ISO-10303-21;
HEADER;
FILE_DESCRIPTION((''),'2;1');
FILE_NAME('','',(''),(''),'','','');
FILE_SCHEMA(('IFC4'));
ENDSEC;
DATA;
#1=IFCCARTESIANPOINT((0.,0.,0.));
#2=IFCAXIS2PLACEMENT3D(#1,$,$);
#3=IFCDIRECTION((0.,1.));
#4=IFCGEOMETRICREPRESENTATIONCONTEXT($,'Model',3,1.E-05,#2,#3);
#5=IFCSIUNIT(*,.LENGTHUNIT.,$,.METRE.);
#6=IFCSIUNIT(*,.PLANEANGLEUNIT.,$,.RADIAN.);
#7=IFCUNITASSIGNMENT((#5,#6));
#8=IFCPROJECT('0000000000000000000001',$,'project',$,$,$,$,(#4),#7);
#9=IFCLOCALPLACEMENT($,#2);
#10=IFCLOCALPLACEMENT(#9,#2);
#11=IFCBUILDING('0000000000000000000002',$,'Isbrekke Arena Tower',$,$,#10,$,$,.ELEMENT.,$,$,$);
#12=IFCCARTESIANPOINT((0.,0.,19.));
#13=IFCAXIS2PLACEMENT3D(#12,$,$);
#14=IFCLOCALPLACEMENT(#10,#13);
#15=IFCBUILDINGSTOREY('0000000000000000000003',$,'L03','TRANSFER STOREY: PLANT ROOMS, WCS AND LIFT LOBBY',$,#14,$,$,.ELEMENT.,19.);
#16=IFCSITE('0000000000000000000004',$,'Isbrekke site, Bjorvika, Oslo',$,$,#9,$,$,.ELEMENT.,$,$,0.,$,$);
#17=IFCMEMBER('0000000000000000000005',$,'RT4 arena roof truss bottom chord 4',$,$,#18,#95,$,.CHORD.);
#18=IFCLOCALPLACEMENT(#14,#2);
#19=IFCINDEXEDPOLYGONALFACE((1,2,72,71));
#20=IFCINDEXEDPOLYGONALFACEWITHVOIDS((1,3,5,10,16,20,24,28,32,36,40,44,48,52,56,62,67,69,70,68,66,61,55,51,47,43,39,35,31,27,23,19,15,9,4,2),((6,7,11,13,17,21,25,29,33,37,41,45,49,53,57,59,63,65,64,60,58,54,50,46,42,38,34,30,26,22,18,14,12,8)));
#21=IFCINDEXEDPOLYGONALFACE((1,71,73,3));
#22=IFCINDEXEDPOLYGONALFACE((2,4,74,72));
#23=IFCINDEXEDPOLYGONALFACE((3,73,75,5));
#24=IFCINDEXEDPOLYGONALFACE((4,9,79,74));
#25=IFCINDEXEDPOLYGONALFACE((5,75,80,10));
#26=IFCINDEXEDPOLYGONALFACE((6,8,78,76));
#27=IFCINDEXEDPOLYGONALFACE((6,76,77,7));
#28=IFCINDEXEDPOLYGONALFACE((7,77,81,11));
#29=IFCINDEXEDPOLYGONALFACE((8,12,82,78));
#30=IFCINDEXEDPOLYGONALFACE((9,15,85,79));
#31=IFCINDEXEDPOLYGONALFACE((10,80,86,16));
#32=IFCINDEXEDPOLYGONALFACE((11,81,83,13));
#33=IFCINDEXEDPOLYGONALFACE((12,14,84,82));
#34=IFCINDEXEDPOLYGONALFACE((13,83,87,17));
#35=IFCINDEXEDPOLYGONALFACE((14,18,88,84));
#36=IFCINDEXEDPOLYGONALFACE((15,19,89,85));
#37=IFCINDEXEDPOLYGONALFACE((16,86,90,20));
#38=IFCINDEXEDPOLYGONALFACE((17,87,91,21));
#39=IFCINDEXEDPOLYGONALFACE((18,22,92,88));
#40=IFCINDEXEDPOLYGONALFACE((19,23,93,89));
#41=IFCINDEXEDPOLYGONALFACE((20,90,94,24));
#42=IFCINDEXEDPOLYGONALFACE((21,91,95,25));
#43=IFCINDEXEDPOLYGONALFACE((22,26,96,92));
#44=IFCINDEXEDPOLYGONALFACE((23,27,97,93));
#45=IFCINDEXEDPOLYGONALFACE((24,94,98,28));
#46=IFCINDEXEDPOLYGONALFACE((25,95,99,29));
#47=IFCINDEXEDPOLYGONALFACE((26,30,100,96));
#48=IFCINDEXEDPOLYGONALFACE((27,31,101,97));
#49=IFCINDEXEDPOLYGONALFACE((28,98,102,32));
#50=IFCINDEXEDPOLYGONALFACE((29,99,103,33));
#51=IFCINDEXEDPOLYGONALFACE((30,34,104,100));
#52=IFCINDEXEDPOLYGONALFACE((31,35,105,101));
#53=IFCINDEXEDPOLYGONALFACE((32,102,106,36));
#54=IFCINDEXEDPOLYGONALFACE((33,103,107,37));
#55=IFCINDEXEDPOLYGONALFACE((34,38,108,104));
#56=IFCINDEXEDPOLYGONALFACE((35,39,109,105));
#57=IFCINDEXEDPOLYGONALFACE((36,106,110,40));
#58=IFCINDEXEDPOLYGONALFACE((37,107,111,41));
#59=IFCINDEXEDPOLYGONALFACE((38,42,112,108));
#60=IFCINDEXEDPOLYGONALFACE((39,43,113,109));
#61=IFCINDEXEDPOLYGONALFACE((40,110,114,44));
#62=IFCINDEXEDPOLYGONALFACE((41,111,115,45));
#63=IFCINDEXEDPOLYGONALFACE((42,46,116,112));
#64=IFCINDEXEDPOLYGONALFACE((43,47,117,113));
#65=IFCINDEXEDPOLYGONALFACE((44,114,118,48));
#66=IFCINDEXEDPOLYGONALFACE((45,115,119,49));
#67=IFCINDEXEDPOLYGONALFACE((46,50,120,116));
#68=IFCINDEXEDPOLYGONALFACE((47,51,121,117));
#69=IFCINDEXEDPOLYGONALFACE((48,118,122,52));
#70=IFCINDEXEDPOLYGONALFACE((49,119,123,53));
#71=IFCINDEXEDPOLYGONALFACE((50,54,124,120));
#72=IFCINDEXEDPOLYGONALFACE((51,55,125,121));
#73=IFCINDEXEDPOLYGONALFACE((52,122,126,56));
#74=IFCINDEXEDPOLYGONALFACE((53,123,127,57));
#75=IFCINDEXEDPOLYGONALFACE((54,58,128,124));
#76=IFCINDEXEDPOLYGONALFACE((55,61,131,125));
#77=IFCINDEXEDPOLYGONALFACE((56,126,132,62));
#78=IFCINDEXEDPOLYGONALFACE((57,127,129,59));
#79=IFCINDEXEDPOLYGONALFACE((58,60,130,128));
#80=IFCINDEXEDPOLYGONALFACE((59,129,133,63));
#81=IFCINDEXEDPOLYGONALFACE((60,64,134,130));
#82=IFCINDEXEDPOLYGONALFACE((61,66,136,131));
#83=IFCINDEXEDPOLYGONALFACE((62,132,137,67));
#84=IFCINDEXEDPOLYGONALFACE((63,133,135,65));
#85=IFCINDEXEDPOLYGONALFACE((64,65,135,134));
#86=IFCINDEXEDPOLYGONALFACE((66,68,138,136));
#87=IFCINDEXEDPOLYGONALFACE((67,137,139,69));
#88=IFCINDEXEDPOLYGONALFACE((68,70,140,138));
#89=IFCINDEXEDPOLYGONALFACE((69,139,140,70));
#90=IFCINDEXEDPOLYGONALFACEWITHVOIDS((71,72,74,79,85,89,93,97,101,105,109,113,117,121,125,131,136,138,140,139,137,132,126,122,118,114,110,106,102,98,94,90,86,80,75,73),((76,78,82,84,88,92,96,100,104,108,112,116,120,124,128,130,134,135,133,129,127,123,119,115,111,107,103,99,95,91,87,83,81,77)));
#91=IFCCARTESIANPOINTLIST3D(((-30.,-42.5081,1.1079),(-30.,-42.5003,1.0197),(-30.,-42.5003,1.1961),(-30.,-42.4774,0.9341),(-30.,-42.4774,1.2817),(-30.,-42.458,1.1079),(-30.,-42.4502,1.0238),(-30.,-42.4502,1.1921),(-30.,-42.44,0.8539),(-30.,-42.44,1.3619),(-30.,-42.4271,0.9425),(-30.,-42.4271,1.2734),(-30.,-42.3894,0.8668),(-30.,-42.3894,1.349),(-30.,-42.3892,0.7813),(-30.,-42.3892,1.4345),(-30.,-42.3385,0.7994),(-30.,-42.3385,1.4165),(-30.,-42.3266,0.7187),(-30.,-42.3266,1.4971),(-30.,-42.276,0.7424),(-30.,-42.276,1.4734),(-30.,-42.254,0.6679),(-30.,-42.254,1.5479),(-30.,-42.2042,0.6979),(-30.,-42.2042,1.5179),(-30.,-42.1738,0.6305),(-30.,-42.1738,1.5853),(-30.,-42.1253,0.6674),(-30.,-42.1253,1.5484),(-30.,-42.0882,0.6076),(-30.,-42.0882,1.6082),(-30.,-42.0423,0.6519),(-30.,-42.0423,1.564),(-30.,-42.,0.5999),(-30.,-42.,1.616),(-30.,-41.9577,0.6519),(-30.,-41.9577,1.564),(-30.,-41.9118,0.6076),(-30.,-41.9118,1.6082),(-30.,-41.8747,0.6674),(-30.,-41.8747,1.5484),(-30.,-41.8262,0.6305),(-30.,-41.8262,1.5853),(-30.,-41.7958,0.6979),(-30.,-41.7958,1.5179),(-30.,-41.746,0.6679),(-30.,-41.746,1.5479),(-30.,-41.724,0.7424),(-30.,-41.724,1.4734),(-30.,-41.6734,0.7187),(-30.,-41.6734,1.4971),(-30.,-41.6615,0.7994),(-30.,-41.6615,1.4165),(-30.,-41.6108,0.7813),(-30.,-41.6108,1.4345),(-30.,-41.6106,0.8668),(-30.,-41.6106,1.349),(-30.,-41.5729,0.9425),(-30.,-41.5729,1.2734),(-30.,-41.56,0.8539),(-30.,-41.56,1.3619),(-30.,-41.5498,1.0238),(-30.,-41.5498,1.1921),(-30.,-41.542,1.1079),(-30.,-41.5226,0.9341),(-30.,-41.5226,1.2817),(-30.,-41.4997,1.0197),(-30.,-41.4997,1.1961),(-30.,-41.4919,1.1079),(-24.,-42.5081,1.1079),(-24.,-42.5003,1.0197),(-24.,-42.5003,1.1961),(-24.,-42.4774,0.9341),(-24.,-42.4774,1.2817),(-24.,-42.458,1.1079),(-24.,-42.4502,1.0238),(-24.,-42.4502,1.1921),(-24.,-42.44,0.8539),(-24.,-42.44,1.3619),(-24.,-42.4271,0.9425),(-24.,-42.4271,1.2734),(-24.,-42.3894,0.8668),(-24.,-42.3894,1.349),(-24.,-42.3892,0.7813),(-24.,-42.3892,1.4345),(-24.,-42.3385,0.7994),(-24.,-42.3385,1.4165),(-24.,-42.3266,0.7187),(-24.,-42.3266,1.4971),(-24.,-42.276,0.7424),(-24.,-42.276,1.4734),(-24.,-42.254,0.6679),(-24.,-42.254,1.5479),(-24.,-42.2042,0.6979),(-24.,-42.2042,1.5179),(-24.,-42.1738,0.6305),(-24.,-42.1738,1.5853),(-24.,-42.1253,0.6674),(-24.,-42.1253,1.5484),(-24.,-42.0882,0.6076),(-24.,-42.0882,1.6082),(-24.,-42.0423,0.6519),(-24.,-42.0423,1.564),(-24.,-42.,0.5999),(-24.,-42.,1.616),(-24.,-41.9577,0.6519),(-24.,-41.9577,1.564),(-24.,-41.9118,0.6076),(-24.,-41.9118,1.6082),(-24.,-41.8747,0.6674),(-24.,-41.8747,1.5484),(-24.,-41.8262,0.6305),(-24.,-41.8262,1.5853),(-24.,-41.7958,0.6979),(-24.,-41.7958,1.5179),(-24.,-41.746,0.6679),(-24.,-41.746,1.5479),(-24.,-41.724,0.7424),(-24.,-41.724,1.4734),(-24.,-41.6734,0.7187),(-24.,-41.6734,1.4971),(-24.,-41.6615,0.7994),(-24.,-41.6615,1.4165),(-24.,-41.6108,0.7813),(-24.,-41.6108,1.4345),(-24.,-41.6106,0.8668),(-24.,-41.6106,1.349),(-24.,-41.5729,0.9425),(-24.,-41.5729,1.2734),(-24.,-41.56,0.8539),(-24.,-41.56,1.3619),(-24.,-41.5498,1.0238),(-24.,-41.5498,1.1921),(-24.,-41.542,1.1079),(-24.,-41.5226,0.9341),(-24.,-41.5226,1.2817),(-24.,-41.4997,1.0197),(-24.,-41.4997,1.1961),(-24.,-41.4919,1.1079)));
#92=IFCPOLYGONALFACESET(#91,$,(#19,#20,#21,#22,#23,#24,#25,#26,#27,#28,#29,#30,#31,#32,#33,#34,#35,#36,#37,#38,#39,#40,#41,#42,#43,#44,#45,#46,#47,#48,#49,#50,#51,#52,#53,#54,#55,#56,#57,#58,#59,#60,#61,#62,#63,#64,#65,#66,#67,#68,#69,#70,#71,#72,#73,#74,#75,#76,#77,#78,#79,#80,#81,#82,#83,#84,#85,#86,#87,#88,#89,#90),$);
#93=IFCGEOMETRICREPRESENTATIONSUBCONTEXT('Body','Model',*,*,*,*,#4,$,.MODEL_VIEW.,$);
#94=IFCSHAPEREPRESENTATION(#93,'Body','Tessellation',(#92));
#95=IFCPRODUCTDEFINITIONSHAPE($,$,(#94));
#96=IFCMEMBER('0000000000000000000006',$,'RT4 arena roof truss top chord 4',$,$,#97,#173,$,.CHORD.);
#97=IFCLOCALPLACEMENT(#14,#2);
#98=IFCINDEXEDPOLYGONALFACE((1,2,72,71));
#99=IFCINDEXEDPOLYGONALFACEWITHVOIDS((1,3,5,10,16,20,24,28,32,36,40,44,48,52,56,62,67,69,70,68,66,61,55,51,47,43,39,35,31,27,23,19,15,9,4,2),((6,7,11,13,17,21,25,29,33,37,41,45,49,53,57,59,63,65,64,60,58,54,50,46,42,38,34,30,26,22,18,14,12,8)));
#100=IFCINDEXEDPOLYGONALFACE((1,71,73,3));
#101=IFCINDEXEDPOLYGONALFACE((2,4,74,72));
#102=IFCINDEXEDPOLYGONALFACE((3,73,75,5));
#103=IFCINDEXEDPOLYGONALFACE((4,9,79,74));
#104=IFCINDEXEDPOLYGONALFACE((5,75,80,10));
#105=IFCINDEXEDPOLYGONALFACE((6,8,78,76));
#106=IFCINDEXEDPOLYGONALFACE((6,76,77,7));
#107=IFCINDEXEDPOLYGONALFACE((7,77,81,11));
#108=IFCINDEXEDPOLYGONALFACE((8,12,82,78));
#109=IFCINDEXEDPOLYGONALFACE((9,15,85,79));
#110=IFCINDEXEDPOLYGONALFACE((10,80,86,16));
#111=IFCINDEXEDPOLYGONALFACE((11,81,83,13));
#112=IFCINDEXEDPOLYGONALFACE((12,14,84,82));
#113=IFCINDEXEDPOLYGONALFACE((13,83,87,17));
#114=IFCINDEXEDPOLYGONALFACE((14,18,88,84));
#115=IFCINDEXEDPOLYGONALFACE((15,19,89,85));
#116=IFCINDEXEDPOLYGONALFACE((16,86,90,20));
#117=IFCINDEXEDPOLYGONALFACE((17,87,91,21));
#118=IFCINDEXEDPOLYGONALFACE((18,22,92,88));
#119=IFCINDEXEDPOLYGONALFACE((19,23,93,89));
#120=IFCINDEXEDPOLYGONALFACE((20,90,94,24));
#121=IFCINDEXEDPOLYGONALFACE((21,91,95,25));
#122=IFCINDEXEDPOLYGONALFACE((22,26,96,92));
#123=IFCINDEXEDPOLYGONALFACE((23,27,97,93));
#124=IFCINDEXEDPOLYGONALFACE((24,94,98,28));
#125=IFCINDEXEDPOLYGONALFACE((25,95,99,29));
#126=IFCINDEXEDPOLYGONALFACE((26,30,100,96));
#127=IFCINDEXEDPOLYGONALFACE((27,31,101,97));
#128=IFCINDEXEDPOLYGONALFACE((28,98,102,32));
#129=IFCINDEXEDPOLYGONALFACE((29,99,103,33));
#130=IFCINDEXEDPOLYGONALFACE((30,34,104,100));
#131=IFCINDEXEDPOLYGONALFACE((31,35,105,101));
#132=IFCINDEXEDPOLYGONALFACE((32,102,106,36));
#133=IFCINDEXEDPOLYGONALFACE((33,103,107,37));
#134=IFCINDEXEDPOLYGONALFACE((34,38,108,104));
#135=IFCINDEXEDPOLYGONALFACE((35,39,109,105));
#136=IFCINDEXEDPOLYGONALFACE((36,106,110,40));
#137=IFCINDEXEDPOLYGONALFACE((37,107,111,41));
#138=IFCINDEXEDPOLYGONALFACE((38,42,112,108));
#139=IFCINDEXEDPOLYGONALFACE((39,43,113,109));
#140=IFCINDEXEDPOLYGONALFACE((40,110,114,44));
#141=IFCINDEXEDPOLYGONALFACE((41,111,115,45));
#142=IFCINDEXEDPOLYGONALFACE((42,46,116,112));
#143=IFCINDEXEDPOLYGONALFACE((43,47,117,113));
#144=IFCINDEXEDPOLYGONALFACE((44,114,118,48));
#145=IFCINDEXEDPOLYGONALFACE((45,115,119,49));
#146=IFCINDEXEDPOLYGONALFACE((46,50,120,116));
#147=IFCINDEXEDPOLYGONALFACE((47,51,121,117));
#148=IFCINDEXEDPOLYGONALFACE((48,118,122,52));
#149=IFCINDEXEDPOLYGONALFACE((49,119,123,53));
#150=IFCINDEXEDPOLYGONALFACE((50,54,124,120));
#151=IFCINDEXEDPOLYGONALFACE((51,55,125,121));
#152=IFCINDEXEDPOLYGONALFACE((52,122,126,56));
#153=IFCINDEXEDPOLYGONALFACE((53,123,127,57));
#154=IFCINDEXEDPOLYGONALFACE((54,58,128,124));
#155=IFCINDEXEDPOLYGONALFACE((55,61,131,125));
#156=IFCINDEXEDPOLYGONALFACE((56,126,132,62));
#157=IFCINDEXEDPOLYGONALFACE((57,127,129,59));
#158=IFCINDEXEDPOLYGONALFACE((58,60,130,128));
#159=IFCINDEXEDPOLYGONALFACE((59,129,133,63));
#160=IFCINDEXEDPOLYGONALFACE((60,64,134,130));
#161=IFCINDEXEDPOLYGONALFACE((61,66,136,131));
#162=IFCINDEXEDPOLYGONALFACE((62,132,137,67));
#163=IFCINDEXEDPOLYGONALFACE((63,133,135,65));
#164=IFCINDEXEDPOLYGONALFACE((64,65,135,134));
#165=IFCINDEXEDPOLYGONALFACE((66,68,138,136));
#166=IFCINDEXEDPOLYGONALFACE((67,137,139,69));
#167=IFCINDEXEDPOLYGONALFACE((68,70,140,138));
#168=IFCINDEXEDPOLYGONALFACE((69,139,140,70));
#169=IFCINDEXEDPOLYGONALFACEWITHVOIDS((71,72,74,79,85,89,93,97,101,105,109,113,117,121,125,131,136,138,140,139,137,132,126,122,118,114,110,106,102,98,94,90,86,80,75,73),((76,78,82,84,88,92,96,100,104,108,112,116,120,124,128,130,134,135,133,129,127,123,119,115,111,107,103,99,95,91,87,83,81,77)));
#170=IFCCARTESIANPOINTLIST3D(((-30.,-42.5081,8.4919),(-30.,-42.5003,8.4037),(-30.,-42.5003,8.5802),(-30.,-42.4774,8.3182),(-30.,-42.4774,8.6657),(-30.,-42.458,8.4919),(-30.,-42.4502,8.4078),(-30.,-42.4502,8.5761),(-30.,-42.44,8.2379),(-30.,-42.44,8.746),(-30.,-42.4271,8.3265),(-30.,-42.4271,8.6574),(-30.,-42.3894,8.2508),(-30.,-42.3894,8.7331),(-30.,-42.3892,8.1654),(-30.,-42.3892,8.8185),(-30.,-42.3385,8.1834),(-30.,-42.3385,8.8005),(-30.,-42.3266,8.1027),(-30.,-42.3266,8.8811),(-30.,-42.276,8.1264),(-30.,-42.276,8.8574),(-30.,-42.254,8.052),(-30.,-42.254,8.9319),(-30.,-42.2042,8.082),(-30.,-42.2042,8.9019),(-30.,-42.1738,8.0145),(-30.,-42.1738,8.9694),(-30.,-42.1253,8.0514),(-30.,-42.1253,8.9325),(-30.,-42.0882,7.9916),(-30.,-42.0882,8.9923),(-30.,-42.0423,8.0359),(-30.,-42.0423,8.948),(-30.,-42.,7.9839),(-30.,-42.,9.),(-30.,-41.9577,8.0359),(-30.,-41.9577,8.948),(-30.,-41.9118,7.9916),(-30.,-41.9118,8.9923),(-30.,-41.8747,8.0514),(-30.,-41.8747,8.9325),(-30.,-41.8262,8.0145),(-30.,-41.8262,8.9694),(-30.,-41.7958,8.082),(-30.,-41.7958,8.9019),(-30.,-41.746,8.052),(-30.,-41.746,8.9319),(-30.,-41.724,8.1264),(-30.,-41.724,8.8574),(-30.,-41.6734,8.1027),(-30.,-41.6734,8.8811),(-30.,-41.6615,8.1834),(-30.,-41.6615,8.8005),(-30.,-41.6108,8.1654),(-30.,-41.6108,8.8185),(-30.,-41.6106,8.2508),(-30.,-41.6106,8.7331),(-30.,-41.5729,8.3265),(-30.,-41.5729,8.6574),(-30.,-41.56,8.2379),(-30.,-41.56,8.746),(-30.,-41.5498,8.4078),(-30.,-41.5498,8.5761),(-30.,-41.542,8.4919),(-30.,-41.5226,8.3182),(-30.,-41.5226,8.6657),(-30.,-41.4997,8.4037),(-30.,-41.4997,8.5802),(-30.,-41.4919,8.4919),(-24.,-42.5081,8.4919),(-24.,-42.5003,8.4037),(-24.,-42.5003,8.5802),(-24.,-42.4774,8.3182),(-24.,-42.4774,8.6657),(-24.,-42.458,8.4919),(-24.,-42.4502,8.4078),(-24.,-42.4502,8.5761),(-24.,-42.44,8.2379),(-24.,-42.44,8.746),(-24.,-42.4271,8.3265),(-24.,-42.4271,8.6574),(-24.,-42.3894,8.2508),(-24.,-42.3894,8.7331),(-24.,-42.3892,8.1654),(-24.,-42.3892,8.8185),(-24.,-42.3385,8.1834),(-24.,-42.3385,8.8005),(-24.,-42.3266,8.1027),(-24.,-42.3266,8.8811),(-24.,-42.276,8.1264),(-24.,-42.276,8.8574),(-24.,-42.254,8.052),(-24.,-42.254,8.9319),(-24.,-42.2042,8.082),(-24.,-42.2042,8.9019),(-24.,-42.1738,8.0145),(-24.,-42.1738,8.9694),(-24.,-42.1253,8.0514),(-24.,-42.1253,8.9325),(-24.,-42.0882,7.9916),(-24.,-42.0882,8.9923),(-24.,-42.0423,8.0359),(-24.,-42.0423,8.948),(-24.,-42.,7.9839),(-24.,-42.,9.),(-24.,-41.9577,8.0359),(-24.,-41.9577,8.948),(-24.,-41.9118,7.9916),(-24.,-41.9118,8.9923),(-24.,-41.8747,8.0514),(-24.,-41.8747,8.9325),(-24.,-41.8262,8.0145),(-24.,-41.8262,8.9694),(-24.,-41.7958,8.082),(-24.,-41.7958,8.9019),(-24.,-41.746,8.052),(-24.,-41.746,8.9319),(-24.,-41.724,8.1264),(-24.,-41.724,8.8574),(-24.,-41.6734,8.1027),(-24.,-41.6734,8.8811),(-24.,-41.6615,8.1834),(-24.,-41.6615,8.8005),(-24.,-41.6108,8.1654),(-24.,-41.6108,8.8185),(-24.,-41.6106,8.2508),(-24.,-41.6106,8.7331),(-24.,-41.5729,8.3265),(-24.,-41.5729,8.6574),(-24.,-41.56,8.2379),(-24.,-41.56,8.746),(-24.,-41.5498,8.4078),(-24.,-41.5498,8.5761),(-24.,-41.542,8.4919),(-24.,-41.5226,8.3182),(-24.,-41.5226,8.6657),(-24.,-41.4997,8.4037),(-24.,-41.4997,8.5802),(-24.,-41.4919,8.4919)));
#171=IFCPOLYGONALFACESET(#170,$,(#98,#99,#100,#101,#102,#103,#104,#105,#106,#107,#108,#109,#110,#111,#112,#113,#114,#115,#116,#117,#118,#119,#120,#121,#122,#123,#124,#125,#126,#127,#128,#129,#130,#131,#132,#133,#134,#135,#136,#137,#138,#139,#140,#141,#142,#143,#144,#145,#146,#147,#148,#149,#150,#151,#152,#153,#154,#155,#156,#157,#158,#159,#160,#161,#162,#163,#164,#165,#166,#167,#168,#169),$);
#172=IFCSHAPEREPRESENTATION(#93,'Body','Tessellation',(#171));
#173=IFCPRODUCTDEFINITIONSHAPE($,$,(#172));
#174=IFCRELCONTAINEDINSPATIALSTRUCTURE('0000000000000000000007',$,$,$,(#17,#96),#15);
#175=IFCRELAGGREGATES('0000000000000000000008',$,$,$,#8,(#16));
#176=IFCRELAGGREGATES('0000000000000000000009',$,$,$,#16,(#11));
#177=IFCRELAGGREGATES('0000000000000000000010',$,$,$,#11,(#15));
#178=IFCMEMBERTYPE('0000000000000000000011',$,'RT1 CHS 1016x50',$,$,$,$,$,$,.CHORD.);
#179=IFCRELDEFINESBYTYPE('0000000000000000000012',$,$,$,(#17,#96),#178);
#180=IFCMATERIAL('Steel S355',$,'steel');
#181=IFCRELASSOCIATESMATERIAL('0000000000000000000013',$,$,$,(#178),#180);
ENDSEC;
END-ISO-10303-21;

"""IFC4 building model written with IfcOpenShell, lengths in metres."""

from ifc_helpers import new_model, si_unit, direction, frame, origin, origin_2d, place, context, subcontext, project, spatial, hollow_circle, extrude, material, material_profile, profile_set, type_object, element, save


model = new_model("IFC4")

# Units and contexts
model_context = context("Model", 3, precision=1e-05, world=origin(), true_north=direction((0.0, 1.0)))
body_context = subcontext(model_context, "Body", "Model", "MODEL_VIEW")
ifc_project = project(units=[si_unit("LENGTHUNIT", "METRE"), si_unit("PLANEANGLEUNIT", "RADIAN")], contexts=[model_context])

# Site, building, storey
site_placement = place(None, origin())
site = spatial("IfcSite", under=ifc_project, at=site_placement, Name="Isbrekke site, Bjorvika, Oslo", CompositionType="ELEMENT", RefElevation=0.0)
building_placement = place(site_placement, origin())
building = spatial("IfcBuilding", under=site, at=building_placement, Name="Isbrekke Arena Tower", CompositionType="ELEMENT")
storey_placement = place(building_placement, frame((0.0, 0.0, 19.0)))
storey = spatial("IfcBuildingStorey", under=building, at=storey_placement, Name="L03", Description="TRANSFER STOREY: PLANT ROOMS, WCS AND LIFT LOBBY", CompositionType="ELEMENT", Elevation=19.0)

# Members
ifc_material_1 = material(Name="Steel S355", Category="steel")
ifc_material_profile_1 = material_profile(ifc_material_1, hollow_circle(Radius=0.5081, WallThickness=0.05, at=origin_2d()), Name="CHS 1016x50")
ifc_profile_set_1 = profile_set([ifc_material_profile_1], Name="Steel S355")
member_type_1 = type_object("IfcMemberType", Name="RT1 CHS 1016x50", PredefinedType="CHORD", material=ifc_profile_set_1)
for number, where, z_axis, x_axis, name in (
    (1, (-30.0, -42.0, 1.1079), (1.0, 0.0, 0.0), (0.0, 1.0, 0.0), "RT4 arena roof truss bottom chord 4"),
    (2, (-30.0, -42.0, 8.4919), (1.0, 0.0, 0.0), (0.0, 1.0, 0.0), "RT4 arena roof truss top chord 4"),
):
    element("IfcMember", number, at=place(storey_placement, frame(where, z_axis=z_axis, x_axis=x_axis)), inside=storey, type_object=member_type_1, Name=name, PredefinedType="CHORD", context=body_context, shape_type="SweptSolid", body=[
        extrude(hollow_circle(Radius=0.5081, WallThickness=0.05, at=origin_2d()), origin(), (0.0, 0.0, 1.0), 6.0),
    ])

save(model, "model.ifc")
